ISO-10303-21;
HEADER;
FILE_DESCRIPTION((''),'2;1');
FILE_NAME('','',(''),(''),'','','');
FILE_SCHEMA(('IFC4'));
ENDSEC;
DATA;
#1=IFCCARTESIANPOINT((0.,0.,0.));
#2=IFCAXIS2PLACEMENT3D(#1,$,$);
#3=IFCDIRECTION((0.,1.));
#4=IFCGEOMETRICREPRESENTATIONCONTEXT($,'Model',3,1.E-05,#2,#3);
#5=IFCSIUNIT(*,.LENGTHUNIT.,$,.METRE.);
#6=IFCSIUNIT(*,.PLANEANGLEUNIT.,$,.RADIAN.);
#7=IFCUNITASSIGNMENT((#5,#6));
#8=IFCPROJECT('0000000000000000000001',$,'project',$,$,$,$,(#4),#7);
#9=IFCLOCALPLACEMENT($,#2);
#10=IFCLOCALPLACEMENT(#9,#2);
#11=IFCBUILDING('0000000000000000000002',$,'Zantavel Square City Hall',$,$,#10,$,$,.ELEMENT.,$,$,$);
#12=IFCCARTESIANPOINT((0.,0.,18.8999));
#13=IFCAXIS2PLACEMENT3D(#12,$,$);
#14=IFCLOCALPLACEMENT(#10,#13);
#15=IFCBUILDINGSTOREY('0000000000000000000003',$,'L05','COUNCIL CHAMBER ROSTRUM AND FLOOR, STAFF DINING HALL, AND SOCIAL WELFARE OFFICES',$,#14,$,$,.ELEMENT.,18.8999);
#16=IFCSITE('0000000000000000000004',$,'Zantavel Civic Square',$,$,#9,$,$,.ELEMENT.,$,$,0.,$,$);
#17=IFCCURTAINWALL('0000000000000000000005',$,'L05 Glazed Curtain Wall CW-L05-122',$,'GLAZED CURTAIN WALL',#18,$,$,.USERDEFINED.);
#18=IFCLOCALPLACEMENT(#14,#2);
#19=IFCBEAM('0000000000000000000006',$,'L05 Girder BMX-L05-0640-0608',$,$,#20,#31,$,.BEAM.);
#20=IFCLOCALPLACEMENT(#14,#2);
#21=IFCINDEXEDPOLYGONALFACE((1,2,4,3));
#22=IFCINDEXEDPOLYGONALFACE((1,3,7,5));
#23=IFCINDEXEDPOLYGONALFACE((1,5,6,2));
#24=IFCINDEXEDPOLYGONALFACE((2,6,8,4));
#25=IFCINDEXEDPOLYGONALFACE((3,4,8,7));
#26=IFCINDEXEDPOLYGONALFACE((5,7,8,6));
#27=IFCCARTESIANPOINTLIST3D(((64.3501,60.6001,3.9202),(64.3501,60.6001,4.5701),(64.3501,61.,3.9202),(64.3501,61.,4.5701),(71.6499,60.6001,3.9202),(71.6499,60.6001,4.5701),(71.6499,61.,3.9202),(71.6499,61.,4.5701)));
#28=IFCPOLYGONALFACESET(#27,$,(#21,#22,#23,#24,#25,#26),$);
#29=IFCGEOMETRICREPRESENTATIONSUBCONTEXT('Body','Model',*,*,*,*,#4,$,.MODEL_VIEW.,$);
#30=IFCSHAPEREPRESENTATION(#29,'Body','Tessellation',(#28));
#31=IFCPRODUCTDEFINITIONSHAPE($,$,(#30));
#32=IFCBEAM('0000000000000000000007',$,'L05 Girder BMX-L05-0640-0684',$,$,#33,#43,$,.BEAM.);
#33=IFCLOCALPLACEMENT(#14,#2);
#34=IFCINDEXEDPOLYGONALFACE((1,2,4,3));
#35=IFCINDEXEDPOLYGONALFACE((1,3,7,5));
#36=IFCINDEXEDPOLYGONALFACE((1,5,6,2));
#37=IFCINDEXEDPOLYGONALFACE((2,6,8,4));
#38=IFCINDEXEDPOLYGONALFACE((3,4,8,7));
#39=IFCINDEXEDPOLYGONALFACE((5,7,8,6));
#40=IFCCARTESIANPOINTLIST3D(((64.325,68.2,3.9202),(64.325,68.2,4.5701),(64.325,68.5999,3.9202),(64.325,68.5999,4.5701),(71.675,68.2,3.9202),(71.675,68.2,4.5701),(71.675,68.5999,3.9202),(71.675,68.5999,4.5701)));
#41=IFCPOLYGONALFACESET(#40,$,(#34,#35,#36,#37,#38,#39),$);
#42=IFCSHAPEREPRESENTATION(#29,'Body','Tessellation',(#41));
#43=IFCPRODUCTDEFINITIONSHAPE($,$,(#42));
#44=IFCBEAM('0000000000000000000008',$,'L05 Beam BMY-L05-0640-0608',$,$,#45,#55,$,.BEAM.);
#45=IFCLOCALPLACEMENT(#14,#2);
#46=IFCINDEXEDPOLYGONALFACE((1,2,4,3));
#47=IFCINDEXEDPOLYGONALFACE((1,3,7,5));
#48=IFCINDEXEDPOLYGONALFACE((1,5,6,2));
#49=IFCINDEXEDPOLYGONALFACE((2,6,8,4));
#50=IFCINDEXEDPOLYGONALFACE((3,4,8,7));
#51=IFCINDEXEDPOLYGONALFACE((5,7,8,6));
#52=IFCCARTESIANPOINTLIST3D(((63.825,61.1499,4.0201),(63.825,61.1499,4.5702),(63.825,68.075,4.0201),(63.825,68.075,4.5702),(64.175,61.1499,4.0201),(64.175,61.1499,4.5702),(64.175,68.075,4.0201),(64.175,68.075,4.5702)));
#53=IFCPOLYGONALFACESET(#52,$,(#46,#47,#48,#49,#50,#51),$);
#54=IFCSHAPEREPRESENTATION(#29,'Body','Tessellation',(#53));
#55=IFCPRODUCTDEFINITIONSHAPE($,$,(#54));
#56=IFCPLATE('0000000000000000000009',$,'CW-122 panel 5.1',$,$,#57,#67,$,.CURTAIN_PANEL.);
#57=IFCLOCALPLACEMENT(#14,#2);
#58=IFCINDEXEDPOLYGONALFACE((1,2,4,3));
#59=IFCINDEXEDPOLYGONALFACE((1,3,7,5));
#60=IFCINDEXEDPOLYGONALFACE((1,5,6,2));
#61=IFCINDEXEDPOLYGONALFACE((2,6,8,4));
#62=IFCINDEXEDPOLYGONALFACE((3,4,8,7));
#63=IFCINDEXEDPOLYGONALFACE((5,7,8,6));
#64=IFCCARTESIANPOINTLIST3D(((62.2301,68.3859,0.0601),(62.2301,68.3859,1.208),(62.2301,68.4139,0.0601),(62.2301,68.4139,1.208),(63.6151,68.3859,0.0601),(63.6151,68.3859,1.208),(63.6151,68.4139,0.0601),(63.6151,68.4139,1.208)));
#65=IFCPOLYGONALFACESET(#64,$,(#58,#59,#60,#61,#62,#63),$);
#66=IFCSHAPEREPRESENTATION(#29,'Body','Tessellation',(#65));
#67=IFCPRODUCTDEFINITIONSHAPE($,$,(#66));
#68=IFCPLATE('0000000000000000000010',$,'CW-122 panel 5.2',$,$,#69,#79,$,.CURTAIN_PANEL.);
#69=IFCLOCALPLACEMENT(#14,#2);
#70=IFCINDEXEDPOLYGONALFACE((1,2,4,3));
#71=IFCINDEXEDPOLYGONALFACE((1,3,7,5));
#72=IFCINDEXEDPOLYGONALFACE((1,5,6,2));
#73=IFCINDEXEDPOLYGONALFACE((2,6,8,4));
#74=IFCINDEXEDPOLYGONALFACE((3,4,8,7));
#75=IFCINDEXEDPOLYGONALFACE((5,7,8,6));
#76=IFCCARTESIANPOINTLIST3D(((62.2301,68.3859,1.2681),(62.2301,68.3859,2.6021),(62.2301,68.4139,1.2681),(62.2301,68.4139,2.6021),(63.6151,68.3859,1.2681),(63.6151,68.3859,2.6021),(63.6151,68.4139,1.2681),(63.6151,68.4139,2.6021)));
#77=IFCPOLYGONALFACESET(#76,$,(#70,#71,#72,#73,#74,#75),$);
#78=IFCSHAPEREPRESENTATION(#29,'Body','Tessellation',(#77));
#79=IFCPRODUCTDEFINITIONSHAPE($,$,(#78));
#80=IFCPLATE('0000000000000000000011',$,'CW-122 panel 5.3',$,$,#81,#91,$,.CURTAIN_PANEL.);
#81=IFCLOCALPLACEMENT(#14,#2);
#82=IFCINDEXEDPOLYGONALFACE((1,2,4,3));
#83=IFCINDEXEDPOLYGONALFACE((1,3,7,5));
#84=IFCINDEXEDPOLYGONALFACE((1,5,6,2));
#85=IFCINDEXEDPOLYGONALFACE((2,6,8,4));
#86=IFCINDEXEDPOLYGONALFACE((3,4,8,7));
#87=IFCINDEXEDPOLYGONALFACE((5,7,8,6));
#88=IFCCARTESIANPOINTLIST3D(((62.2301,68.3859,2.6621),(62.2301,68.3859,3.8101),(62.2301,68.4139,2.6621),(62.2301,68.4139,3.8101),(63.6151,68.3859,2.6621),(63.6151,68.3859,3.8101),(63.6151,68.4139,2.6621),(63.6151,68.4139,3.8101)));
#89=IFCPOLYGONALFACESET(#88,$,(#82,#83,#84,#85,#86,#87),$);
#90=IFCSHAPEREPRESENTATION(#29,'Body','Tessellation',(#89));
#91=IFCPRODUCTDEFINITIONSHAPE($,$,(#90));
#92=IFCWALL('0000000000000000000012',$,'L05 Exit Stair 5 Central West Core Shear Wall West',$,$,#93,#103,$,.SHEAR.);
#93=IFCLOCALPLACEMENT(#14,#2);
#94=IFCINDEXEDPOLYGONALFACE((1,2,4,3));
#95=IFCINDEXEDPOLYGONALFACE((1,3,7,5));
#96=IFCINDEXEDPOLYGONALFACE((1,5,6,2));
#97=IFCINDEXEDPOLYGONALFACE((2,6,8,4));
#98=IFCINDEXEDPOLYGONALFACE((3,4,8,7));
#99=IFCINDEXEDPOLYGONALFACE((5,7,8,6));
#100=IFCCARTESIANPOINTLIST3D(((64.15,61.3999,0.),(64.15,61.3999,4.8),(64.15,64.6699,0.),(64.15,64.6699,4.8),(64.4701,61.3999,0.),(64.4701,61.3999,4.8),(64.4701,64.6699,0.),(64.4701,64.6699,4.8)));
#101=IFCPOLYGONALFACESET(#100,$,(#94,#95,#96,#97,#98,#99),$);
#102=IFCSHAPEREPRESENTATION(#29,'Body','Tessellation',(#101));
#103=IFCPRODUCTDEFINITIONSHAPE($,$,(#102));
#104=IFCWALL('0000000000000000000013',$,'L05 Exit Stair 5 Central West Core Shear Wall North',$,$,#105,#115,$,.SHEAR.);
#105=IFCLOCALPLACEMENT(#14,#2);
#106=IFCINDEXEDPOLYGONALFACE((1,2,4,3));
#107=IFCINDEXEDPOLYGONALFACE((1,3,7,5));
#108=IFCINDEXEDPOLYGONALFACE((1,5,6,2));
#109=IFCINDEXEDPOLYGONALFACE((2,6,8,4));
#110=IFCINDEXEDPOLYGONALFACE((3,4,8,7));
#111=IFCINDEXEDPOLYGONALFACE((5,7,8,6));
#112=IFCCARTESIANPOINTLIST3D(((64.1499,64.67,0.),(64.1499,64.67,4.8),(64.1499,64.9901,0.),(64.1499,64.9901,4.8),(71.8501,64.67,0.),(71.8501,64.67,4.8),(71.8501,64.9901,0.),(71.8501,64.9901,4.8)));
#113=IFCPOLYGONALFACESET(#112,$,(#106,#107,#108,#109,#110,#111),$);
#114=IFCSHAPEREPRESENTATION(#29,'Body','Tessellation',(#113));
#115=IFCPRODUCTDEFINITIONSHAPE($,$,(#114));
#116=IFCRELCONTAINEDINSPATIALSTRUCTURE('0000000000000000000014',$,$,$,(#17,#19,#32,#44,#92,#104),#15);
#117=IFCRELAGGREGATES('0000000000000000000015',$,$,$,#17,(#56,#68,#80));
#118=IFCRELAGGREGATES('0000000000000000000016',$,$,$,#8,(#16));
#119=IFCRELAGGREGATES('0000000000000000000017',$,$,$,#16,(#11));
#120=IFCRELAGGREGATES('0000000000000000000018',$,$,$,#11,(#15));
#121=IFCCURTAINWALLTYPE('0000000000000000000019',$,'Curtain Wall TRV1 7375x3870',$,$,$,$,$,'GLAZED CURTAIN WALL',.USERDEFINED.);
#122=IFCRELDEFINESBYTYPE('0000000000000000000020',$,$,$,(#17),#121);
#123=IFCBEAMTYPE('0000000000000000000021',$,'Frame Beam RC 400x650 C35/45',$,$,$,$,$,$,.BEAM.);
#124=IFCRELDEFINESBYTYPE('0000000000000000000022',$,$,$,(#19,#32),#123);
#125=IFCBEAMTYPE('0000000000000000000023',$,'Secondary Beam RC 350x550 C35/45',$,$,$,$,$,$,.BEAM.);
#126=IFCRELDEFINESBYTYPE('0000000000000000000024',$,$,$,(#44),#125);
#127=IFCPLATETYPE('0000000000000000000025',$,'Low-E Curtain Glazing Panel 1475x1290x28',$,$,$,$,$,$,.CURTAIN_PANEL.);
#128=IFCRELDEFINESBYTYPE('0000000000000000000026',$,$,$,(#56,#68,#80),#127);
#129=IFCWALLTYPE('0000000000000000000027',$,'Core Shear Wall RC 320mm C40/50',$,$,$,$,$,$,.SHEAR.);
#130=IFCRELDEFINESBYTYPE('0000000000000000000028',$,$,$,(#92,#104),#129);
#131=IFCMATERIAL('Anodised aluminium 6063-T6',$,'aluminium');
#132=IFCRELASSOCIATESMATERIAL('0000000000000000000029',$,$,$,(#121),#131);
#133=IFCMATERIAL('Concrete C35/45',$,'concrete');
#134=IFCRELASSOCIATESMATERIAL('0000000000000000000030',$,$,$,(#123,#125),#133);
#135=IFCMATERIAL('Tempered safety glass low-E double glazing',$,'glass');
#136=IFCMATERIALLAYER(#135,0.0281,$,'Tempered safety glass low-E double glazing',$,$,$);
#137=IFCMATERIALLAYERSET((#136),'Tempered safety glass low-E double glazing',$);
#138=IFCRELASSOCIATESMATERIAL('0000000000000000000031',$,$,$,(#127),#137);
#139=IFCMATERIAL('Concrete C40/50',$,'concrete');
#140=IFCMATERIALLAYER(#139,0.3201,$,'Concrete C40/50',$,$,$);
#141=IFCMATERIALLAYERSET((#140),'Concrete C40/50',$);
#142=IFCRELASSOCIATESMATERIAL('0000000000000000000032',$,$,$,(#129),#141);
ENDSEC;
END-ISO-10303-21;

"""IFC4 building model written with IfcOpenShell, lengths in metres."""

from ifc_helpers import new_model, si_unit, direction, frame, frame_2d, origin, origin_2d, place, context, subcontext, project, spatial, rectangle, extrude, material, layer, layer_set, material_profile, profile_set, type_object, element, aggregate, save


model = new_model("IFC4")

# Units and contexts
model_context = context("Model", 3, precision=1e-05, world=origin(), true_north=direction((0.0, 1.0)))
body_context = subcontext(model_context, "Body", "Model", "MODEL_VIEW")
ifc_project = project(units=[si_unit("LENGTHUNIT", "METRE"), si_unit("PLANEANGLEUNIT", "RADIAN")], contexts=[model_context])

# Site, building, storey
site_placement = place(None, origin())
site = spatial("IfcSite", under=ifc_project, at=site_placement, Name="Zantavel Civic Square", CompositionType="ELEMENT", RefElevation=0.0)
building_placement = place(site_placement, origin())
building = spatial("IfcBuilding", under=site, at=building_placement, Name="Zantavel Square City Hall", CompositionType="ELEMENT")
storey_placement = place(building_placement, frame((0.0, 0.0, 18.8999)))
storey = spatial("IfcBuildingStorey", under=building, at=storey_placement, Name="L05", Description="COUNCIL CHAMBER ROSTRUM AND FLOOR, STAFF DINING HALL, AND SOCIAL WELFARE OFFICES", CompositionType="ELEMENT", Elevation=18.8999)

# Shared definitions
ifc_material_1 = material(Name="Concrete C40/50", Category="concrete")

# Curtain wall
ifc_material_2 = material(Name="Anodised aluminium 6063-T6", Category="aluminium")
curtain_wall_type_1 = type_object("IfcCurtainWallType", Name="Curtain Wall TRV1 7375x3870", ElementType="GLAZED CURTAIN WALL", PredefinedType="USERDEFINED", material=ifc_material_2)
curtain_wall_1_placement = place(storey_placement, origin())
curtain_wall_1 = element("IfcCurtainWall", 1, at=curtain_wall_1_placement, inside=storey, type_object=curtain_wall_type_1, Name="L05 Glazed Curtain Wall CW-L05-122", ObjectType="GLAZED CURTAIN WALL", PredefinedType="USERDEFINED")

# Beams
ifc_material_3 = material(Name="Concrete C35/45", Category="concrete")
ifc_material_profile_1 = material_profile(ifc_material_3, rectangle(XDim=0.3999, YDim=0.6499, at=origin_2d()), Name="RC 400x650")
ifc_profile_set_1 = profile_set([ifc_material_profile_1], Name="Concrete C35/45")
beam_type_1 = type_object("IfcBeamType", Name="Frame Beam RC 400x650 C35/45", PredefinedType="BEAM", material=ifc_profile_set_1)
beam_1_placement = place(storey_placement, frame((64.3501, 60.8, 4.2451), z_axis=(1.0, 0.0, 0.0), x_axis=(0.0, 1.0, 0.0)))
element("IfcBeam", 2, at=beam_1_placement, inside=storey, type_object=beam_type_1, Name="L05 Girder BMX-L05-0640-0608", PredefinedType="BEAM", context=body_context, shape_type="SweptSolid", body=[
    extrude(rectangle(XDim=0.3999, YDim=0.6499, at=origin_2d()), origin(), (0.0, 0.0, 1.0), 7.2998),
])
beam_2_placement = place(storey_placement, frame((64.325, 68.3999, 4.2451), z_axis=(1.0, 0.0, 0.0), x_axis=(0.0, 1.0, 0.0)))
element("IfcBeam", 3, at=beam_2_placement, inside=storey, type_object=beam_type_1, Name="L05 Girder BMX-L05-0640-0684", PredefinedType="BEAM", context=body_context, shape_type="SweptSolid", body=[
    extrude(rectangle(XDim=0.3999, YDim=0.6499, at=origin_2d()), origin(), (0.0, 0.0, 1.0), 7.3501),
])
ifc_material_profile_2 = material_profile(ifc_material_3, rectangle(XDim=0.3501, YDim=0.55, at=origin_2d()), Name="RC 350x550")
ifc_profile_set_2 = profile_set([ifc_material_profile_2], Name="Concrete C35/45")
beam_type_2 = type_object("IfcBeamType", Name="Secondary Beam RC 350x550 C35/45", PredefinedType="BEAM", material=ifc_profile_set_2)
beam_3_placement = place(storey_placement, frame((64.0, 61.1499, 4.2952), z_axis=(0.0, 1.0, 0.0), x_axis=(-1.0, 0.0, 0.0)))
element("IfcBeam", 4, at=beam_3_placement, inside=storey, type_object=beam_type_2, Name="L05 Beam BMY-L05-0640-0608", PredefinedType="BEAM", context=body_context, shape_type="SweptSolid", body=[
    extrude(rectangle(XDim=0.3501, YDim=0.55, at=origin_2d()), origin(), (0.0, 0.0, 1.0), 6.925),
])

# Plates
ifc_material_4 = material(Name="Tempered safety glass low-E double glazing", Category="glass")
ifc_layer_1 = layer(ifc_material_4, 0.0281, Name="Tempered safety glass low-E double glazing")
ifc_layer_set_1 = layer_set([ifc_layer_1], Name="Tempered safety glass low-E double glazing")
plate_type = type_object("IfcPlateType", Name="Low-E Curtain Glazing Panel 1475x1290x28", PredefinedType="CURTAIN_PANEL", material=ifc_layer_set_1)
plate_1_placement = place(storey_placement, frame((62.9226, 68.3999, 0.0601), z_axis=(0.0, 0.0, 1.0), x_axis=(1.0, 0.0, 0.0)))
plate_1 = element("IfcPlate", 5, at=plate_1_placement, type_object=plate_type, Name="CW-122 panel 5.1", PredefinedType="CURTAIN_PANEL", context=body_context, shape_type="SweptSolid", body=[
    extrude(rectangle(XDim=1.385, YDim=0.0281, at=origin_2d()), origin(), (0.0, 0.0, 1.0), 1.1479),
])
plate_2_placement = place(storey_placement, frame((62.9226, 68.3999, 1.2681), z_axis=(0.0, 0.0, 1.0), x_axis=(1.0, 0.0, 0.0)))
plate_2 = element("IfcPlate", 6, at=plate_2_placement, type_object=plate_type, Name="CW-122 panel 5.2", PredefinedType="CURTAIN_PANEL", context=body_context, shape_type="SweptSolid", body=[
    extrude(rectangle(XDim=1.385, YDim=0.0281, at=origin_2d()), origin(), (0.0, 0.0, 1.0), 1.334),
])
plate_3_placement = place(storey_placement, frame((62.9226, 68.3999, 2.6621), z_axis=(0.0, 0.0, 1.0), x_axis=(1.0, 0.0, 0.0)))
plate_3 = element("IfcPlate", 7, at=plate_3_placement, type_object=plate_type, Name="CW-122 panel 5.3", PredefinedType="CURTAIN_PANEL", context=body_context, shape_type="SweptSolid", body=[
    extrude(rectangle(XDim=1.385, YDim=0.0281, at=origin_2d()), origin(), (0.0, 0.0, 1.0), 1.1479),
])
aggregate(curtain_wall_1, [plate_1, plate_2, plate_3])

# Walls
ifc_layer_2 = layer(ifc_material_1, 0.3201, Name="Concrete C40/50")
ifc_layer_set_2 = layer_set([ifc_layer_2], Name="Concrete C40/50")
wall_type = type_object("IfcWallType", Name="Core Shear Wall RC 320mm C40/50", PredefinedType="SHEAR", material=ifc_layer_set_2)
wall_1_placement = place(storey_placement, frame((64.3101, 61.3999, 0.0), z_axis=(0.0, 0.0, 1.0), x_axis=(0.0, 1.0, 0.0)))
element("IfcWall", 8, at=wall_1_placement, inside=storey, type_object=wall_type, Name="L05 Exit Stair 5 Central West Core Shear Wall West", PredefinedType="SHEAR", context=body_context, shape_type="SweptSolid", body=[
    extrude(rectangle(XDim=3.27, YDim=0.3201, at=frame_2d((1.635, 0.0))), origin(), (0.0, 0.0, 1.0), 4.8),
])
wall_2_placement = place(storey_placement, frame((64.1499, 64.8301, 0.0), z_axis=(0.0, 0.0, 1.0), x_axis=(1.0, 0.0, 0.0)))
element("IfcWall", 9, at=wall_2_placement, inside=storey, type_object=wall_type, Name="L05 Exit Stair 5 Central West Core Shear Wall North", PredefinedType="SHEAR", context=body_context, shape_type="SweptSolid", body=[
    extrude(rectangle(XDim=7.7002, YDim=0.3201, at=frame_2d((3.8501, 0.0))), origin(), (0.0, 0.0, 1.0), 4.8),
])

save(model, "model.ifc")
